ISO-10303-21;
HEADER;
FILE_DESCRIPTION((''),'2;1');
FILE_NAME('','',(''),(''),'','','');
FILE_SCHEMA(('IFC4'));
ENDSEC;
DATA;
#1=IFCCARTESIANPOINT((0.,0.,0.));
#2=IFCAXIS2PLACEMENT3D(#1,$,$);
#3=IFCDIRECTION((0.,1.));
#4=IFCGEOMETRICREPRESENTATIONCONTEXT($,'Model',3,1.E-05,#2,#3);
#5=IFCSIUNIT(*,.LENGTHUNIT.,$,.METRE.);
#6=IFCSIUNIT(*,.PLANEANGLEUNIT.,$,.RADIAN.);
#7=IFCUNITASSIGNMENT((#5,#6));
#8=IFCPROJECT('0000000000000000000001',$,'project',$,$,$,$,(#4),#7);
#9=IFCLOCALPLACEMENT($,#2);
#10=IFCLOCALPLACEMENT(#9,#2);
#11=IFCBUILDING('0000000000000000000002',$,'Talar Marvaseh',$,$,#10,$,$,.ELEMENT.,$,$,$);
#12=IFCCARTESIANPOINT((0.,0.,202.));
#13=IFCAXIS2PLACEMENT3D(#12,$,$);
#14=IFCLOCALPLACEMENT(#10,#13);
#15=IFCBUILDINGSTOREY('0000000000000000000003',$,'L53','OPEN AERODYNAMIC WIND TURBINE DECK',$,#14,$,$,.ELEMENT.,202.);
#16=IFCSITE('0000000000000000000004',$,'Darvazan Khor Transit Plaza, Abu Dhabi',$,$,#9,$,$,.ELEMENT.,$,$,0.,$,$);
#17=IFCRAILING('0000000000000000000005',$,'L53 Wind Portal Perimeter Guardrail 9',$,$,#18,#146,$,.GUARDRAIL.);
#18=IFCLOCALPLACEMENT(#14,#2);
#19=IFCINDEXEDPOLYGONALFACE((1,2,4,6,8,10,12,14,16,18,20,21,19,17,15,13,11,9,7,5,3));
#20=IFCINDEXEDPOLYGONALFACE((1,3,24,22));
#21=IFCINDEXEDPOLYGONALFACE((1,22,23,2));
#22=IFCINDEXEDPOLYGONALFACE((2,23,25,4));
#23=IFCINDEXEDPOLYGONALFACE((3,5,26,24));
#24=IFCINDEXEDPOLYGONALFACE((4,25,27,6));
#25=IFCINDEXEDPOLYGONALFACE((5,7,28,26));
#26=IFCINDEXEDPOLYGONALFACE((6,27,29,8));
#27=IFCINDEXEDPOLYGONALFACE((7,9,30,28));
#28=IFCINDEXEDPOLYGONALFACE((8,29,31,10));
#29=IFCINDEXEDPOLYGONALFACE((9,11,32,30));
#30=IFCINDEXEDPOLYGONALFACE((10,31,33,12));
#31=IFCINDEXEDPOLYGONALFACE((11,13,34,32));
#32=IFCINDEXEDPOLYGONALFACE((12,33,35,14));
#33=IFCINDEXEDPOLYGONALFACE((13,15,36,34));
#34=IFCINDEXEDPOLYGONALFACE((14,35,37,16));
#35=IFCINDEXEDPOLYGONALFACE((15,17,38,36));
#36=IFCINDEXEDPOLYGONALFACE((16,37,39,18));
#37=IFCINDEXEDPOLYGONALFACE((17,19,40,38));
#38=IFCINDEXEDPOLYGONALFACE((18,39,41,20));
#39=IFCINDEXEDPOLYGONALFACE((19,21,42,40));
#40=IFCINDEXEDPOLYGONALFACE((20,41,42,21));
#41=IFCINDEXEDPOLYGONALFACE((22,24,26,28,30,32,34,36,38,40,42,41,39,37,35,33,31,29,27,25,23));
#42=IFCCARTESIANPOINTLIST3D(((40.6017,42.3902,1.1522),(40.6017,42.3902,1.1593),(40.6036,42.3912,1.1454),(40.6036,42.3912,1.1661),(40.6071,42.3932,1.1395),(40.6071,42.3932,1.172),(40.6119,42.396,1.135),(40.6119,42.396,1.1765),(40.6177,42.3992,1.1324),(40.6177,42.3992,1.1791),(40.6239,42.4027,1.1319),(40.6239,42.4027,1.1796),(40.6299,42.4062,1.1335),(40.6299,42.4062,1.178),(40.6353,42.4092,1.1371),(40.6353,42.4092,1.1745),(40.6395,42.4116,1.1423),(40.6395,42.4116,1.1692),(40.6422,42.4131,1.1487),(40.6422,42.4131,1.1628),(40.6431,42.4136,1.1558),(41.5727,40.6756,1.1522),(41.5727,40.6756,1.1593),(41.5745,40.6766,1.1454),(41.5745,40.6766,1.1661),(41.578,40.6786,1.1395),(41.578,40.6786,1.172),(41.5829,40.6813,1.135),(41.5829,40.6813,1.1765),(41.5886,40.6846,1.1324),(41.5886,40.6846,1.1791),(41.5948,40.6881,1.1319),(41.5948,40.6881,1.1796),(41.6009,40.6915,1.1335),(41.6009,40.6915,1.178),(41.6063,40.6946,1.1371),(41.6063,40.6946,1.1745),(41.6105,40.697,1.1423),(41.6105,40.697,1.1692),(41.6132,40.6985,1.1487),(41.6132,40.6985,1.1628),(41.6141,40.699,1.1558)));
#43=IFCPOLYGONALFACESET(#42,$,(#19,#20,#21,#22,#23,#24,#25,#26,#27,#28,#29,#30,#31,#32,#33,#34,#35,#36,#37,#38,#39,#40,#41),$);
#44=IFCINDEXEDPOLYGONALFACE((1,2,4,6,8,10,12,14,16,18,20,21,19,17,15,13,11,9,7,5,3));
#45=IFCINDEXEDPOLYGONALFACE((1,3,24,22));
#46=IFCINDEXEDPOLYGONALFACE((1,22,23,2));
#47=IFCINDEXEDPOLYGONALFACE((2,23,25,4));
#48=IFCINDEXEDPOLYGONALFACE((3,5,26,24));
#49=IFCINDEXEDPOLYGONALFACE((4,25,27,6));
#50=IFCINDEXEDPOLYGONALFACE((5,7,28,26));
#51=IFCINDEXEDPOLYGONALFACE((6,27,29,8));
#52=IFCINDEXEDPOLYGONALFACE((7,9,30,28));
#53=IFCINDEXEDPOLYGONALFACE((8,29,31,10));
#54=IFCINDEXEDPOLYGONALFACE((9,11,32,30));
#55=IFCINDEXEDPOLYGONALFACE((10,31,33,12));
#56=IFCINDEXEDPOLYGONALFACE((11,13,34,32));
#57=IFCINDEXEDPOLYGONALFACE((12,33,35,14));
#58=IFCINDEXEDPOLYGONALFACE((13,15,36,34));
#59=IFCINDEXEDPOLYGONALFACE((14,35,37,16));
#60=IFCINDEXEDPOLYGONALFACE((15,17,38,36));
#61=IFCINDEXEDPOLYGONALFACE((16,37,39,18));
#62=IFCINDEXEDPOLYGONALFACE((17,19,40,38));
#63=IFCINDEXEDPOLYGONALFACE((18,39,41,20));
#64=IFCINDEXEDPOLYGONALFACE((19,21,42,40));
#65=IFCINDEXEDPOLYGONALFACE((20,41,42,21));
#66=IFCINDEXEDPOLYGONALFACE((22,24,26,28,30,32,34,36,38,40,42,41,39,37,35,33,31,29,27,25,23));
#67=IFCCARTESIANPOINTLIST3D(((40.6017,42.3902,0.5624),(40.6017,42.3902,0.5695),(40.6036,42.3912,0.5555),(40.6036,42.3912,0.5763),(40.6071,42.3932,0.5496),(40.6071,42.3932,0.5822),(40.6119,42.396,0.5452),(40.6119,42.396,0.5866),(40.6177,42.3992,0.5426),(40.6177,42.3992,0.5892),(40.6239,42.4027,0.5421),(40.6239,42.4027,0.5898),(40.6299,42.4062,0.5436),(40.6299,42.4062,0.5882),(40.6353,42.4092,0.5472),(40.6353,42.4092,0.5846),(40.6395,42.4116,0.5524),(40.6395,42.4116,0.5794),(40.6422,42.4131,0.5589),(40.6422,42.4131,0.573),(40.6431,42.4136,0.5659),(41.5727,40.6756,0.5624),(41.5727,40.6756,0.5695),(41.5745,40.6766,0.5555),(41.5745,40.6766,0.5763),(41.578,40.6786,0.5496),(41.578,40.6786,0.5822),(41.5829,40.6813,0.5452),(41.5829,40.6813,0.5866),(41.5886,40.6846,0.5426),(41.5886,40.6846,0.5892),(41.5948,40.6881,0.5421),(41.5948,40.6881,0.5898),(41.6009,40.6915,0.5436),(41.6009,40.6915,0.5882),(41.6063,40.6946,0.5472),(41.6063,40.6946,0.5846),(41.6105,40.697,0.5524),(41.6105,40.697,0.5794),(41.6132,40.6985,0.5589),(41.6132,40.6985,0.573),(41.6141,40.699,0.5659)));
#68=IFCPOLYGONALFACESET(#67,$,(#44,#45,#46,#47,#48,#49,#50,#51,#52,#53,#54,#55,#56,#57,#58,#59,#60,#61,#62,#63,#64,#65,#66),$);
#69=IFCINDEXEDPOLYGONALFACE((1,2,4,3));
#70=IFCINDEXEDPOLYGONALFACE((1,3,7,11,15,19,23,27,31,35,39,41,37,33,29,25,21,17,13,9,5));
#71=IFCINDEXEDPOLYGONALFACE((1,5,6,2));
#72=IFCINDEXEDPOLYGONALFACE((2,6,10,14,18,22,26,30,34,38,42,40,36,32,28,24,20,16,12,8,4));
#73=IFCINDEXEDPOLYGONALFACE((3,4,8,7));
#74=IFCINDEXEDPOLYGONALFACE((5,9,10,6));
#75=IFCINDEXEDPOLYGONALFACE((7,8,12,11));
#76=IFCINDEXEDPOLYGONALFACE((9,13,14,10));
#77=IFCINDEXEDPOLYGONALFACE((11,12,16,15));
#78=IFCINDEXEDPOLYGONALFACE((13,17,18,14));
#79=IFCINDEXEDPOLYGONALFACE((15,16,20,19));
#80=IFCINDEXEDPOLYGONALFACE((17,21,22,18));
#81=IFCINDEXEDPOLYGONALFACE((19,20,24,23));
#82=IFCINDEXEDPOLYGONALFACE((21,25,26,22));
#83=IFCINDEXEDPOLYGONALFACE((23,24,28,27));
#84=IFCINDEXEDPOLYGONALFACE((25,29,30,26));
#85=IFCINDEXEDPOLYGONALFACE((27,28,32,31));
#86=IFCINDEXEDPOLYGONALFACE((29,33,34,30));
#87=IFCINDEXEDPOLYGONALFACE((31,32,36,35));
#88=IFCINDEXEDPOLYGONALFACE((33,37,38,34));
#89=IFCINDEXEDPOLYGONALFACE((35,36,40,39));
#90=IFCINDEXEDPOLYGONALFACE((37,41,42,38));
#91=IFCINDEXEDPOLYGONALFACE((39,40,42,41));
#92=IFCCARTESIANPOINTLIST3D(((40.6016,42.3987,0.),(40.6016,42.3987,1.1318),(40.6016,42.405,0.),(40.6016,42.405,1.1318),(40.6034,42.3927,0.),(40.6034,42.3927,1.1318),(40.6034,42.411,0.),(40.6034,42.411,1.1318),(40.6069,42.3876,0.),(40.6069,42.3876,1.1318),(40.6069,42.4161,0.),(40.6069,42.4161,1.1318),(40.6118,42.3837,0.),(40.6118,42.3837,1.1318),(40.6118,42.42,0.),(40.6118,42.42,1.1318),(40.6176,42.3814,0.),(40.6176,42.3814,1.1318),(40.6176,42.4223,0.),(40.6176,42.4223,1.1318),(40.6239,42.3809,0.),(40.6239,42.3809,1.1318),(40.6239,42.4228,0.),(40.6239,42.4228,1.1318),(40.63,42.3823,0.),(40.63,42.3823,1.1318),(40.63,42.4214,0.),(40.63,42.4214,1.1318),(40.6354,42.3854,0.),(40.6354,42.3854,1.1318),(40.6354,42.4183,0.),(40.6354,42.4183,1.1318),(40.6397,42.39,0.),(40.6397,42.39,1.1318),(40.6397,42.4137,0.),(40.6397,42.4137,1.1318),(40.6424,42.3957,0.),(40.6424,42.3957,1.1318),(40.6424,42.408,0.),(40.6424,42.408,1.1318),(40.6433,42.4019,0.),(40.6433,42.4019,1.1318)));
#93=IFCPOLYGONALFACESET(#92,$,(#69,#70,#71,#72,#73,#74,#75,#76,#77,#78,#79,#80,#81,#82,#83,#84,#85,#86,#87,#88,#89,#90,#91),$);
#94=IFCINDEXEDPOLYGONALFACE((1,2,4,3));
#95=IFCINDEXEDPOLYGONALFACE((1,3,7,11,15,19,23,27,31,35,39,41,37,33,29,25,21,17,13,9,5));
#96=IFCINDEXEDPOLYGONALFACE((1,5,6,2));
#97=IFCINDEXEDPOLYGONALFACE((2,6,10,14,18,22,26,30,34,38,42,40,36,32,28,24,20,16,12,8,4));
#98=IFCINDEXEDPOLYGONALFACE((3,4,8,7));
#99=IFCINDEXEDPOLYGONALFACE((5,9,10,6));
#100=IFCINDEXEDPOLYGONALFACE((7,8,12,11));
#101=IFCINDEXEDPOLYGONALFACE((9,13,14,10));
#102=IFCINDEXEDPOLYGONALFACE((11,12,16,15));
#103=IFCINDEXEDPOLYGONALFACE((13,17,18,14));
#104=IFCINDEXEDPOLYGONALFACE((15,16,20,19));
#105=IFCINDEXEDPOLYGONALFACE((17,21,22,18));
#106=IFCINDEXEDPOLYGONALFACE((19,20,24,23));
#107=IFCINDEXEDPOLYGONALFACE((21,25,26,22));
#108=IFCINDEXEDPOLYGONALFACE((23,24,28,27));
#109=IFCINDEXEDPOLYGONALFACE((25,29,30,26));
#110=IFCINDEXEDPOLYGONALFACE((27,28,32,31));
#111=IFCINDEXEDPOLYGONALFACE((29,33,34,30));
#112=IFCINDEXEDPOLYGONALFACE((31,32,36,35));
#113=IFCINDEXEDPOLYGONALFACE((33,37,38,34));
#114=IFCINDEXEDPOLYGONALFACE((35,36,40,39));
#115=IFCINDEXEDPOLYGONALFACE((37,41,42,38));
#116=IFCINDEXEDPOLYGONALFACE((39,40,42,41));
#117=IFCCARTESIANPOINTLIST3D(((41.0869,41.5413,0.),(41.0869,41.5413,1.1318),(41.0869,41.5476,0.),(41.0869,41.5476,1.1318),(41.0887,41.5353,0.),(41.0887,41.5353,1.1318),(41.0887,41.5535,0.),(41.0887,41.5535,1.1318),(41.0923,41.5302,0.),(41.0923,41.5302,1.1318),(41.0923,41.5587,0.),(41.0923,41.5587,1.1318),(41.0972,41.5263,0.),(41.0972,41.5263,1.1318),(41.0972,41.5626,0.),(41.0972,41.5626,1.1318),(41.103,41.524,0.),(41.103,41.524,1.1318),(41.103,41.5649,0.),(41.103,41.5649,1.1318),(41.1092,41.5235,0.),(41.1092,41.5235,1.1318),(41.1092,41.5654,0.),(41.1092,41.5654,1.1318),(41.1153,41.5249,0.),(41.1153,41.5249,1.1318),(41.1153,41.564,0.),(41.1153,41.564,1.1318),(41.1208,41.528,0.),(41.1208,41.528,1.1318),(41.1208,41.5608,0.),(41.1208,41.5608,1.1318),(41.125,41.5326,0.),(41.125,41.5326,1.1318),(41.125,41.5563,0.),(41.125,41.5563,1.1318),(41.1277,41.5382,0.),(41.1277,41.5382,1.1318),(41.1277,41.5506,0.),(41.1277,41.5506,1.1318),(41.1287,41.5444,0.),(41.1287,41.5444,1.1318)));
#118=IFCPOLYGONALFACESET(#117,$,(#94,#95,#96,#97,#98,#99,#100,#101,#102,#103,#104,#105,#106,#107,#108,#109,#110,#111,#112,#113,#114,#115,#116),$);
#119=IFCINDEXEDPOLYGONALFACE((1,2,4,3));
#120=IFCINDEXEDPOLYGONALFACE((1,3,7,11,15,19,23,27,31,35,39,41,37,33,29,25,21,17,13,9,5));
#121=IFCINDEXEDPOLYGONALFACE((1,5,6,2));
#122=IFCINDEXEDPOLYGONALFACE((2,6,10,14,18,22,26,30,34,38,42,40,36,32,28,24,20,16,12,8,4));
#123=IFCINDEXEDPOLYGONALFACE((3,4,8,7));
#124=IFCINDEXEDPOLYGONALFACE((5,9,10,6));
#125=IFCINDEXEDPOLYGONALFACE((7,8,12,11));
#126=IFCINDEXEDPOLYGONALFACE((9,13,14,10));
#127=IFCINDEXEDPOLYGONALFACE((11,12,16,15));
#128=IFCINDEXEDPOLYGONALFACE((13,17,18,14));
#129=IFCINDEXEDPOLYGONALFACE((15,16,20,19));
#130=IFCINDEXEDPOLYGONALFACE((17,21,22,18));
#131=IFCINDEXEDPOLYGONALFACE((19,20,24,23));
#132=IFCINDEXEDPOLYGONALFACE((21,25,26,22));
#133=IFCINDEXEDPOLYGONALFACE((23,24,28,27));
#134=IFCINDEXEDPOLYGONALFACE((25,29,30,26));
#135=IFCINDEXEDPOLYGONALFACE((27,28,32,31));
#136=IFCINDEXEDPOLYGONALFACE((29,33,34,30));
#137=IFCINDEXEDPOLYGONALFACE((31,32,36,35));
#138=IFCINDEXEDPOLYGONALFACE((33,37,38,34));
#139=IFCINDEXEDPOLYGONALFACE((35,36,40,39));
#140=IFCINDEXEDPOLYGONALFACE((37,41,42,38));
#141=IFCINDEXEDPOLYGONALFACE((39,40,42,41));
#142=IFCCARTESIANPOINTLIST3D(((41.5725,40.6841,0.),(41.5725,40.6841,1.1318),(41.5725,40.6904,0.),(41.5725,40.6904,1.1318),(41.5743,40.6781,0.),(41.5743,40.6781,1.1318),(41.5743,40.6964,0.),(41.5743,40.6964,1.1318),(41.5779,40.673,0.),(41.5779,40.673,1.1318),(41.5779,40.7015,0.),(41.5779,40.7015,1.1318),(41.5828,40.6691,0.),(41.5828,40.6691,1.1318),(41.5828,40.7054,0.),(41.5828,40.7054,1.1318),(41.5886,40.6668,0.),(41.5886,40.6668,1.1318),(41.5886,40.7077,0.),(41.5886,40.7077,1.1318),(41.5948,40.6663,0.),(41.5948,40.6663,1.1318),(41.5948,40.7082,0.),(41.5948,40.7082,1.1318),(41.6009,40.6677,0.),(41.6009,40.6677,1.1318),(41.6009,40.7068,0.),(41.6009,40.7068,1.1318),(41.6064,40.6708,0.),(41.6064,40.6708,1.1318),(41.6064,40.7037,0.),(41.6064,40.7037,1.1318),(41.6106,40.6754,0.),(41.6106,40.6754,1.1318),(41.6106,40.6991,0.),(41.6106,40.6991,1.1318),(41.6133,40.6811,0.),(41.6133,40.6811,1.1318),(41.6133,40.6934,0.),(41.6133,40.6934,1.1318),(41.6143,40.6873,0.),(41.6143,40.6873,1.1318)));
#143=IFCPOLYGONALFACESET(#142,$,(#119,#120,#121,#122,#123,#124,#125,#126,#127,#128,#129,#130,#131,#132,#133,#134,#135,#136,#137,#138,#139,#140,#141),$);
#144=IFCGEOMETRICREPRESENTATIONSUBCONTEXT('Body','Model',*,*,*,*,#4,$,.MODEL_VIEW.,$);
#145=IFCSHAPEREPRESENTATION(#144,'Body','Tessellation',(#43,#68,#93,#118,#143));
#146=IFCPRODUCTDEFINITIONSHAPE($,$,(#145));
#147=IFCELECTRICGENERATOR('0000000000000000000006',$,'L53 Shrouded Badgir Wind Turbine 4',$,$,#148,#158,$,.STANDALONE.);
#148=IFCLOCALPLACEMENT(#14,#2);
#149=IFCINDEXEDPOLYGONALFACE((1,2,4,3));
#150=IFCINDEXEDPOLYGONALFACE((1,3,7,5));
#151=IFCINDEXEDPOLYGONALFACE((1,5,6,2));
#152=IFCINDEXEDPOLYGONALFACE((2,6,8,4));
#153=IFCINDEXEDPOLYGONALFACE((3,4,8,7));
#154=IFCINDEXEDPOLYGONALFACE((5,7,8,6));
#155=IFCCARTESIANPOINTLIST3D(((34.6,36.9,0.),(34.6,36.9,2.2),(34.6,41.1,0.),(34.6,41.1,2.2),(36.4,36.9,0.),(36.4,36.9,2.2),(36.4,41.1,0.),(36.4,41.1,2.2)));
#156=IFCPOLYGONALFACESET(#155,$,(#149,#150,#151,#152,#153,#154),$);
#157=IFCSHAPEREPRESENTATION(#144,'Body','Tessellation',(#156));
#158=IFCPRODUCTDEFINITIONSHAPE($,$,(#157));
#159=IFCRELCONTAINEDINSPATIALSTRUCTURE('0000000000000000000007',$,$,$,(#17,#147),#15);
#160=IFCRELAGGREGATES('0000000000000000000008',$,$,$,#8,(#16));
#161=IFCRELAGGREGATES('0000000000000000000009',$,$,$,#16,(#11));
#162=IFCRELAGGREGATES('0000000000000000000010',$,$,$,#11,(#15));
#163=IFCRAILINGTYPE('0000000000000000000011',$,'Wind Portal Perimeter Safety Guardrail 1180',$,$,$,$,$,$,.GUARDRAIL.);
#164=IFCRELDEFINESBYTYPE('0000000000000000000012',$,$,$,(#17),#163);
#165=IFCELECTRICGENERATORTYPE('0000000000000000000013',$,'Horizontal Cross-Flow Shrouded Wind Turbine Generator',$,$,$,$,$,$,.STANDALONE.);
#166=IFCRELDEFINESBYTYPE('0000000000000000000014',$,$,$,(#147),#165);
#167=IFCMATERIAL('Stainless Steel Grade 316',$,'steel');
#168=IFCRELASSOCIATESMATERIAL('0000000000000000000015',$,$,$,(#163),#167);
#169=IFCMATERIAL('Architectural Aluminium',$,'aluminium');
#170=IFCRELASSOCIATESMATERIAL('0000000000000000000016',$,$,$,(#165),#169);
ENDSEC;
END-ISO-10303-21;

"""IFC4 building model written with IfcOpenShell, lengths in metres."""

from ifc_helpers import new_model, si_unit, direction, frame, origin, origin_2d, place, context, subcontext, project, spatial, rectangle, circle, extrude, source, transform, mapped, material, type_object, type_shapes, element, save


model = new_model("IFC4")

# Units and contexts
model_context = context("Model", 3, precision=1e-05, world=origin(), true_north=direction((0.0, 1.0)))
body_context = subcontext(model_context, "Body", "Model", "MODEL_VIEW")
ifc_project = project(units=[si_unit("LENGTHUNIT", "METRE"), si_unit("PLANEANGLEUNIT", "RADIAN")], contexts=[model_context])

# Site, building, storey
site_placement = place(None, origin())
site = spatial("IfcSite", under=ifc_project, at=site_placement, Name="Darvazan Khor Transit Plaza, Abu Dhabi", CompositionType="ELEMENT", RefElevation=0.0)
building_placement = place(site_placement, origin())
building = spatial("IfcBuilding", under=site, at=building_placement, Name="Talar Marvaseh", CompositionType="ELEMENT")
storey_placement = place(building_placement, frame((0.0, 0.0, 202.0)))
storey = spatial("IfcBuildingStorey", under=building, at=storey_placement, Name="L53", Description="OPEN AERODYNAMIC WIND TURBINE DECK", CompositionType="ELEMENT", Elevation=202.0)

# Railing
ifc_material_1 = material(Name="Stainless Steel Grade 316", Category="steel")
railing_type = type_object("IfcRailingType", Name="Wind Portal Perimeter Safety Guardrail 1180", PredefinedType="GUARDRAIL", material=ifc_material_1)
railing_1_placement = place(storey_placement, frame((40.6223, 42.4019, 0.0)))
element("IfcRailing", 1, at=railing_1_placement, inside=storey, type_object=railing_type, Name="L53 Wind Portal Perimeter Guardrail 9", PredefinedType="GUARDRAIL", context=body_context, shape_type="SweptSolid", body=[
    extrude(circle(Radius=0.0239, at=origin_2d()), frame((0.0, 0.0, 1.1558), z_axis=(0.492759, -0.870166, 0.0), x_axis=(0.870166, 0.492759, 0.0)), (0.0, 0.0, 1.0), 1.9705),
    extrude(circle(Radius=0.0239, at=origin_2d()), frame((0.0, 0.0, 0.5659), z_axis=(0.492759, -0.870166, 0.0), x_axis=(0.870166, 0.492759, 0.0)), (0.0, 0.0, 1.0), 1.9705),
    extrude(circle(Radius=0.021, at=origin_2d()), origin(), (0.0, 0.0, 1.0), 1.1318),
    extrude(circle(Radius=0.021, at=origin_2d()), frame((0.4854, -0.8574, 0.0)), (0.0, 0.0, 1.0), 1.1318),
    extrude(circle(Radius=0.021, at=origin_2d()), frame((0.9709, -1.7146, 0.0)), (0.0, 0.0, 1.0), 1.1318),
])

# Electric generator
ifc_material_2 = material(Name="Architectural Aluminium", Category="aluminium")
electric_generator_type = type_object("IfcElectricGeneratorType", Name="Horizontal Cross-Flow Shrouded Wind Turbine Generator", PredefinedType="STANDALONE", material=ifc_material_2)
shared_shape_1 = source(origin(), body_context, "Body", "SweptSolid", [
    extrude(rectangle(XDim=4.2, YDim=1.8, at=origin_2d()), origin(), (0.0, 0.0, 1.0), 2.2),
])
type_shapes(electric_generator_type, [shared_shape_1])
electric_generator_placement = place(storey_placement, frame((35.5, 39.0, 0.0), z_axis=(0.0, 0.0, 1.0), x_axis=(0.0, 1.0, 0.0)))
element("IfcElectricGenerator", 2, at=electric_generator_placement, inside=storey, type_object=electric_generator_type, Name="L53 Shrouded Badgir Wind Turbine 4", PredefinedType="STANDALONE", context=body_context, shape_type="MappedRepresentation", body=[
    mapped(shared_shape_1, transform((0.0, 0.0, 0.0), x_axis=(1.0, 0.0, 0.0), y_axis=(0.0, 1.0, 0.0), z_axis=(0.0, 0.0, 1.0), scale=1.0)),
])

save(model, "model.ifc")
